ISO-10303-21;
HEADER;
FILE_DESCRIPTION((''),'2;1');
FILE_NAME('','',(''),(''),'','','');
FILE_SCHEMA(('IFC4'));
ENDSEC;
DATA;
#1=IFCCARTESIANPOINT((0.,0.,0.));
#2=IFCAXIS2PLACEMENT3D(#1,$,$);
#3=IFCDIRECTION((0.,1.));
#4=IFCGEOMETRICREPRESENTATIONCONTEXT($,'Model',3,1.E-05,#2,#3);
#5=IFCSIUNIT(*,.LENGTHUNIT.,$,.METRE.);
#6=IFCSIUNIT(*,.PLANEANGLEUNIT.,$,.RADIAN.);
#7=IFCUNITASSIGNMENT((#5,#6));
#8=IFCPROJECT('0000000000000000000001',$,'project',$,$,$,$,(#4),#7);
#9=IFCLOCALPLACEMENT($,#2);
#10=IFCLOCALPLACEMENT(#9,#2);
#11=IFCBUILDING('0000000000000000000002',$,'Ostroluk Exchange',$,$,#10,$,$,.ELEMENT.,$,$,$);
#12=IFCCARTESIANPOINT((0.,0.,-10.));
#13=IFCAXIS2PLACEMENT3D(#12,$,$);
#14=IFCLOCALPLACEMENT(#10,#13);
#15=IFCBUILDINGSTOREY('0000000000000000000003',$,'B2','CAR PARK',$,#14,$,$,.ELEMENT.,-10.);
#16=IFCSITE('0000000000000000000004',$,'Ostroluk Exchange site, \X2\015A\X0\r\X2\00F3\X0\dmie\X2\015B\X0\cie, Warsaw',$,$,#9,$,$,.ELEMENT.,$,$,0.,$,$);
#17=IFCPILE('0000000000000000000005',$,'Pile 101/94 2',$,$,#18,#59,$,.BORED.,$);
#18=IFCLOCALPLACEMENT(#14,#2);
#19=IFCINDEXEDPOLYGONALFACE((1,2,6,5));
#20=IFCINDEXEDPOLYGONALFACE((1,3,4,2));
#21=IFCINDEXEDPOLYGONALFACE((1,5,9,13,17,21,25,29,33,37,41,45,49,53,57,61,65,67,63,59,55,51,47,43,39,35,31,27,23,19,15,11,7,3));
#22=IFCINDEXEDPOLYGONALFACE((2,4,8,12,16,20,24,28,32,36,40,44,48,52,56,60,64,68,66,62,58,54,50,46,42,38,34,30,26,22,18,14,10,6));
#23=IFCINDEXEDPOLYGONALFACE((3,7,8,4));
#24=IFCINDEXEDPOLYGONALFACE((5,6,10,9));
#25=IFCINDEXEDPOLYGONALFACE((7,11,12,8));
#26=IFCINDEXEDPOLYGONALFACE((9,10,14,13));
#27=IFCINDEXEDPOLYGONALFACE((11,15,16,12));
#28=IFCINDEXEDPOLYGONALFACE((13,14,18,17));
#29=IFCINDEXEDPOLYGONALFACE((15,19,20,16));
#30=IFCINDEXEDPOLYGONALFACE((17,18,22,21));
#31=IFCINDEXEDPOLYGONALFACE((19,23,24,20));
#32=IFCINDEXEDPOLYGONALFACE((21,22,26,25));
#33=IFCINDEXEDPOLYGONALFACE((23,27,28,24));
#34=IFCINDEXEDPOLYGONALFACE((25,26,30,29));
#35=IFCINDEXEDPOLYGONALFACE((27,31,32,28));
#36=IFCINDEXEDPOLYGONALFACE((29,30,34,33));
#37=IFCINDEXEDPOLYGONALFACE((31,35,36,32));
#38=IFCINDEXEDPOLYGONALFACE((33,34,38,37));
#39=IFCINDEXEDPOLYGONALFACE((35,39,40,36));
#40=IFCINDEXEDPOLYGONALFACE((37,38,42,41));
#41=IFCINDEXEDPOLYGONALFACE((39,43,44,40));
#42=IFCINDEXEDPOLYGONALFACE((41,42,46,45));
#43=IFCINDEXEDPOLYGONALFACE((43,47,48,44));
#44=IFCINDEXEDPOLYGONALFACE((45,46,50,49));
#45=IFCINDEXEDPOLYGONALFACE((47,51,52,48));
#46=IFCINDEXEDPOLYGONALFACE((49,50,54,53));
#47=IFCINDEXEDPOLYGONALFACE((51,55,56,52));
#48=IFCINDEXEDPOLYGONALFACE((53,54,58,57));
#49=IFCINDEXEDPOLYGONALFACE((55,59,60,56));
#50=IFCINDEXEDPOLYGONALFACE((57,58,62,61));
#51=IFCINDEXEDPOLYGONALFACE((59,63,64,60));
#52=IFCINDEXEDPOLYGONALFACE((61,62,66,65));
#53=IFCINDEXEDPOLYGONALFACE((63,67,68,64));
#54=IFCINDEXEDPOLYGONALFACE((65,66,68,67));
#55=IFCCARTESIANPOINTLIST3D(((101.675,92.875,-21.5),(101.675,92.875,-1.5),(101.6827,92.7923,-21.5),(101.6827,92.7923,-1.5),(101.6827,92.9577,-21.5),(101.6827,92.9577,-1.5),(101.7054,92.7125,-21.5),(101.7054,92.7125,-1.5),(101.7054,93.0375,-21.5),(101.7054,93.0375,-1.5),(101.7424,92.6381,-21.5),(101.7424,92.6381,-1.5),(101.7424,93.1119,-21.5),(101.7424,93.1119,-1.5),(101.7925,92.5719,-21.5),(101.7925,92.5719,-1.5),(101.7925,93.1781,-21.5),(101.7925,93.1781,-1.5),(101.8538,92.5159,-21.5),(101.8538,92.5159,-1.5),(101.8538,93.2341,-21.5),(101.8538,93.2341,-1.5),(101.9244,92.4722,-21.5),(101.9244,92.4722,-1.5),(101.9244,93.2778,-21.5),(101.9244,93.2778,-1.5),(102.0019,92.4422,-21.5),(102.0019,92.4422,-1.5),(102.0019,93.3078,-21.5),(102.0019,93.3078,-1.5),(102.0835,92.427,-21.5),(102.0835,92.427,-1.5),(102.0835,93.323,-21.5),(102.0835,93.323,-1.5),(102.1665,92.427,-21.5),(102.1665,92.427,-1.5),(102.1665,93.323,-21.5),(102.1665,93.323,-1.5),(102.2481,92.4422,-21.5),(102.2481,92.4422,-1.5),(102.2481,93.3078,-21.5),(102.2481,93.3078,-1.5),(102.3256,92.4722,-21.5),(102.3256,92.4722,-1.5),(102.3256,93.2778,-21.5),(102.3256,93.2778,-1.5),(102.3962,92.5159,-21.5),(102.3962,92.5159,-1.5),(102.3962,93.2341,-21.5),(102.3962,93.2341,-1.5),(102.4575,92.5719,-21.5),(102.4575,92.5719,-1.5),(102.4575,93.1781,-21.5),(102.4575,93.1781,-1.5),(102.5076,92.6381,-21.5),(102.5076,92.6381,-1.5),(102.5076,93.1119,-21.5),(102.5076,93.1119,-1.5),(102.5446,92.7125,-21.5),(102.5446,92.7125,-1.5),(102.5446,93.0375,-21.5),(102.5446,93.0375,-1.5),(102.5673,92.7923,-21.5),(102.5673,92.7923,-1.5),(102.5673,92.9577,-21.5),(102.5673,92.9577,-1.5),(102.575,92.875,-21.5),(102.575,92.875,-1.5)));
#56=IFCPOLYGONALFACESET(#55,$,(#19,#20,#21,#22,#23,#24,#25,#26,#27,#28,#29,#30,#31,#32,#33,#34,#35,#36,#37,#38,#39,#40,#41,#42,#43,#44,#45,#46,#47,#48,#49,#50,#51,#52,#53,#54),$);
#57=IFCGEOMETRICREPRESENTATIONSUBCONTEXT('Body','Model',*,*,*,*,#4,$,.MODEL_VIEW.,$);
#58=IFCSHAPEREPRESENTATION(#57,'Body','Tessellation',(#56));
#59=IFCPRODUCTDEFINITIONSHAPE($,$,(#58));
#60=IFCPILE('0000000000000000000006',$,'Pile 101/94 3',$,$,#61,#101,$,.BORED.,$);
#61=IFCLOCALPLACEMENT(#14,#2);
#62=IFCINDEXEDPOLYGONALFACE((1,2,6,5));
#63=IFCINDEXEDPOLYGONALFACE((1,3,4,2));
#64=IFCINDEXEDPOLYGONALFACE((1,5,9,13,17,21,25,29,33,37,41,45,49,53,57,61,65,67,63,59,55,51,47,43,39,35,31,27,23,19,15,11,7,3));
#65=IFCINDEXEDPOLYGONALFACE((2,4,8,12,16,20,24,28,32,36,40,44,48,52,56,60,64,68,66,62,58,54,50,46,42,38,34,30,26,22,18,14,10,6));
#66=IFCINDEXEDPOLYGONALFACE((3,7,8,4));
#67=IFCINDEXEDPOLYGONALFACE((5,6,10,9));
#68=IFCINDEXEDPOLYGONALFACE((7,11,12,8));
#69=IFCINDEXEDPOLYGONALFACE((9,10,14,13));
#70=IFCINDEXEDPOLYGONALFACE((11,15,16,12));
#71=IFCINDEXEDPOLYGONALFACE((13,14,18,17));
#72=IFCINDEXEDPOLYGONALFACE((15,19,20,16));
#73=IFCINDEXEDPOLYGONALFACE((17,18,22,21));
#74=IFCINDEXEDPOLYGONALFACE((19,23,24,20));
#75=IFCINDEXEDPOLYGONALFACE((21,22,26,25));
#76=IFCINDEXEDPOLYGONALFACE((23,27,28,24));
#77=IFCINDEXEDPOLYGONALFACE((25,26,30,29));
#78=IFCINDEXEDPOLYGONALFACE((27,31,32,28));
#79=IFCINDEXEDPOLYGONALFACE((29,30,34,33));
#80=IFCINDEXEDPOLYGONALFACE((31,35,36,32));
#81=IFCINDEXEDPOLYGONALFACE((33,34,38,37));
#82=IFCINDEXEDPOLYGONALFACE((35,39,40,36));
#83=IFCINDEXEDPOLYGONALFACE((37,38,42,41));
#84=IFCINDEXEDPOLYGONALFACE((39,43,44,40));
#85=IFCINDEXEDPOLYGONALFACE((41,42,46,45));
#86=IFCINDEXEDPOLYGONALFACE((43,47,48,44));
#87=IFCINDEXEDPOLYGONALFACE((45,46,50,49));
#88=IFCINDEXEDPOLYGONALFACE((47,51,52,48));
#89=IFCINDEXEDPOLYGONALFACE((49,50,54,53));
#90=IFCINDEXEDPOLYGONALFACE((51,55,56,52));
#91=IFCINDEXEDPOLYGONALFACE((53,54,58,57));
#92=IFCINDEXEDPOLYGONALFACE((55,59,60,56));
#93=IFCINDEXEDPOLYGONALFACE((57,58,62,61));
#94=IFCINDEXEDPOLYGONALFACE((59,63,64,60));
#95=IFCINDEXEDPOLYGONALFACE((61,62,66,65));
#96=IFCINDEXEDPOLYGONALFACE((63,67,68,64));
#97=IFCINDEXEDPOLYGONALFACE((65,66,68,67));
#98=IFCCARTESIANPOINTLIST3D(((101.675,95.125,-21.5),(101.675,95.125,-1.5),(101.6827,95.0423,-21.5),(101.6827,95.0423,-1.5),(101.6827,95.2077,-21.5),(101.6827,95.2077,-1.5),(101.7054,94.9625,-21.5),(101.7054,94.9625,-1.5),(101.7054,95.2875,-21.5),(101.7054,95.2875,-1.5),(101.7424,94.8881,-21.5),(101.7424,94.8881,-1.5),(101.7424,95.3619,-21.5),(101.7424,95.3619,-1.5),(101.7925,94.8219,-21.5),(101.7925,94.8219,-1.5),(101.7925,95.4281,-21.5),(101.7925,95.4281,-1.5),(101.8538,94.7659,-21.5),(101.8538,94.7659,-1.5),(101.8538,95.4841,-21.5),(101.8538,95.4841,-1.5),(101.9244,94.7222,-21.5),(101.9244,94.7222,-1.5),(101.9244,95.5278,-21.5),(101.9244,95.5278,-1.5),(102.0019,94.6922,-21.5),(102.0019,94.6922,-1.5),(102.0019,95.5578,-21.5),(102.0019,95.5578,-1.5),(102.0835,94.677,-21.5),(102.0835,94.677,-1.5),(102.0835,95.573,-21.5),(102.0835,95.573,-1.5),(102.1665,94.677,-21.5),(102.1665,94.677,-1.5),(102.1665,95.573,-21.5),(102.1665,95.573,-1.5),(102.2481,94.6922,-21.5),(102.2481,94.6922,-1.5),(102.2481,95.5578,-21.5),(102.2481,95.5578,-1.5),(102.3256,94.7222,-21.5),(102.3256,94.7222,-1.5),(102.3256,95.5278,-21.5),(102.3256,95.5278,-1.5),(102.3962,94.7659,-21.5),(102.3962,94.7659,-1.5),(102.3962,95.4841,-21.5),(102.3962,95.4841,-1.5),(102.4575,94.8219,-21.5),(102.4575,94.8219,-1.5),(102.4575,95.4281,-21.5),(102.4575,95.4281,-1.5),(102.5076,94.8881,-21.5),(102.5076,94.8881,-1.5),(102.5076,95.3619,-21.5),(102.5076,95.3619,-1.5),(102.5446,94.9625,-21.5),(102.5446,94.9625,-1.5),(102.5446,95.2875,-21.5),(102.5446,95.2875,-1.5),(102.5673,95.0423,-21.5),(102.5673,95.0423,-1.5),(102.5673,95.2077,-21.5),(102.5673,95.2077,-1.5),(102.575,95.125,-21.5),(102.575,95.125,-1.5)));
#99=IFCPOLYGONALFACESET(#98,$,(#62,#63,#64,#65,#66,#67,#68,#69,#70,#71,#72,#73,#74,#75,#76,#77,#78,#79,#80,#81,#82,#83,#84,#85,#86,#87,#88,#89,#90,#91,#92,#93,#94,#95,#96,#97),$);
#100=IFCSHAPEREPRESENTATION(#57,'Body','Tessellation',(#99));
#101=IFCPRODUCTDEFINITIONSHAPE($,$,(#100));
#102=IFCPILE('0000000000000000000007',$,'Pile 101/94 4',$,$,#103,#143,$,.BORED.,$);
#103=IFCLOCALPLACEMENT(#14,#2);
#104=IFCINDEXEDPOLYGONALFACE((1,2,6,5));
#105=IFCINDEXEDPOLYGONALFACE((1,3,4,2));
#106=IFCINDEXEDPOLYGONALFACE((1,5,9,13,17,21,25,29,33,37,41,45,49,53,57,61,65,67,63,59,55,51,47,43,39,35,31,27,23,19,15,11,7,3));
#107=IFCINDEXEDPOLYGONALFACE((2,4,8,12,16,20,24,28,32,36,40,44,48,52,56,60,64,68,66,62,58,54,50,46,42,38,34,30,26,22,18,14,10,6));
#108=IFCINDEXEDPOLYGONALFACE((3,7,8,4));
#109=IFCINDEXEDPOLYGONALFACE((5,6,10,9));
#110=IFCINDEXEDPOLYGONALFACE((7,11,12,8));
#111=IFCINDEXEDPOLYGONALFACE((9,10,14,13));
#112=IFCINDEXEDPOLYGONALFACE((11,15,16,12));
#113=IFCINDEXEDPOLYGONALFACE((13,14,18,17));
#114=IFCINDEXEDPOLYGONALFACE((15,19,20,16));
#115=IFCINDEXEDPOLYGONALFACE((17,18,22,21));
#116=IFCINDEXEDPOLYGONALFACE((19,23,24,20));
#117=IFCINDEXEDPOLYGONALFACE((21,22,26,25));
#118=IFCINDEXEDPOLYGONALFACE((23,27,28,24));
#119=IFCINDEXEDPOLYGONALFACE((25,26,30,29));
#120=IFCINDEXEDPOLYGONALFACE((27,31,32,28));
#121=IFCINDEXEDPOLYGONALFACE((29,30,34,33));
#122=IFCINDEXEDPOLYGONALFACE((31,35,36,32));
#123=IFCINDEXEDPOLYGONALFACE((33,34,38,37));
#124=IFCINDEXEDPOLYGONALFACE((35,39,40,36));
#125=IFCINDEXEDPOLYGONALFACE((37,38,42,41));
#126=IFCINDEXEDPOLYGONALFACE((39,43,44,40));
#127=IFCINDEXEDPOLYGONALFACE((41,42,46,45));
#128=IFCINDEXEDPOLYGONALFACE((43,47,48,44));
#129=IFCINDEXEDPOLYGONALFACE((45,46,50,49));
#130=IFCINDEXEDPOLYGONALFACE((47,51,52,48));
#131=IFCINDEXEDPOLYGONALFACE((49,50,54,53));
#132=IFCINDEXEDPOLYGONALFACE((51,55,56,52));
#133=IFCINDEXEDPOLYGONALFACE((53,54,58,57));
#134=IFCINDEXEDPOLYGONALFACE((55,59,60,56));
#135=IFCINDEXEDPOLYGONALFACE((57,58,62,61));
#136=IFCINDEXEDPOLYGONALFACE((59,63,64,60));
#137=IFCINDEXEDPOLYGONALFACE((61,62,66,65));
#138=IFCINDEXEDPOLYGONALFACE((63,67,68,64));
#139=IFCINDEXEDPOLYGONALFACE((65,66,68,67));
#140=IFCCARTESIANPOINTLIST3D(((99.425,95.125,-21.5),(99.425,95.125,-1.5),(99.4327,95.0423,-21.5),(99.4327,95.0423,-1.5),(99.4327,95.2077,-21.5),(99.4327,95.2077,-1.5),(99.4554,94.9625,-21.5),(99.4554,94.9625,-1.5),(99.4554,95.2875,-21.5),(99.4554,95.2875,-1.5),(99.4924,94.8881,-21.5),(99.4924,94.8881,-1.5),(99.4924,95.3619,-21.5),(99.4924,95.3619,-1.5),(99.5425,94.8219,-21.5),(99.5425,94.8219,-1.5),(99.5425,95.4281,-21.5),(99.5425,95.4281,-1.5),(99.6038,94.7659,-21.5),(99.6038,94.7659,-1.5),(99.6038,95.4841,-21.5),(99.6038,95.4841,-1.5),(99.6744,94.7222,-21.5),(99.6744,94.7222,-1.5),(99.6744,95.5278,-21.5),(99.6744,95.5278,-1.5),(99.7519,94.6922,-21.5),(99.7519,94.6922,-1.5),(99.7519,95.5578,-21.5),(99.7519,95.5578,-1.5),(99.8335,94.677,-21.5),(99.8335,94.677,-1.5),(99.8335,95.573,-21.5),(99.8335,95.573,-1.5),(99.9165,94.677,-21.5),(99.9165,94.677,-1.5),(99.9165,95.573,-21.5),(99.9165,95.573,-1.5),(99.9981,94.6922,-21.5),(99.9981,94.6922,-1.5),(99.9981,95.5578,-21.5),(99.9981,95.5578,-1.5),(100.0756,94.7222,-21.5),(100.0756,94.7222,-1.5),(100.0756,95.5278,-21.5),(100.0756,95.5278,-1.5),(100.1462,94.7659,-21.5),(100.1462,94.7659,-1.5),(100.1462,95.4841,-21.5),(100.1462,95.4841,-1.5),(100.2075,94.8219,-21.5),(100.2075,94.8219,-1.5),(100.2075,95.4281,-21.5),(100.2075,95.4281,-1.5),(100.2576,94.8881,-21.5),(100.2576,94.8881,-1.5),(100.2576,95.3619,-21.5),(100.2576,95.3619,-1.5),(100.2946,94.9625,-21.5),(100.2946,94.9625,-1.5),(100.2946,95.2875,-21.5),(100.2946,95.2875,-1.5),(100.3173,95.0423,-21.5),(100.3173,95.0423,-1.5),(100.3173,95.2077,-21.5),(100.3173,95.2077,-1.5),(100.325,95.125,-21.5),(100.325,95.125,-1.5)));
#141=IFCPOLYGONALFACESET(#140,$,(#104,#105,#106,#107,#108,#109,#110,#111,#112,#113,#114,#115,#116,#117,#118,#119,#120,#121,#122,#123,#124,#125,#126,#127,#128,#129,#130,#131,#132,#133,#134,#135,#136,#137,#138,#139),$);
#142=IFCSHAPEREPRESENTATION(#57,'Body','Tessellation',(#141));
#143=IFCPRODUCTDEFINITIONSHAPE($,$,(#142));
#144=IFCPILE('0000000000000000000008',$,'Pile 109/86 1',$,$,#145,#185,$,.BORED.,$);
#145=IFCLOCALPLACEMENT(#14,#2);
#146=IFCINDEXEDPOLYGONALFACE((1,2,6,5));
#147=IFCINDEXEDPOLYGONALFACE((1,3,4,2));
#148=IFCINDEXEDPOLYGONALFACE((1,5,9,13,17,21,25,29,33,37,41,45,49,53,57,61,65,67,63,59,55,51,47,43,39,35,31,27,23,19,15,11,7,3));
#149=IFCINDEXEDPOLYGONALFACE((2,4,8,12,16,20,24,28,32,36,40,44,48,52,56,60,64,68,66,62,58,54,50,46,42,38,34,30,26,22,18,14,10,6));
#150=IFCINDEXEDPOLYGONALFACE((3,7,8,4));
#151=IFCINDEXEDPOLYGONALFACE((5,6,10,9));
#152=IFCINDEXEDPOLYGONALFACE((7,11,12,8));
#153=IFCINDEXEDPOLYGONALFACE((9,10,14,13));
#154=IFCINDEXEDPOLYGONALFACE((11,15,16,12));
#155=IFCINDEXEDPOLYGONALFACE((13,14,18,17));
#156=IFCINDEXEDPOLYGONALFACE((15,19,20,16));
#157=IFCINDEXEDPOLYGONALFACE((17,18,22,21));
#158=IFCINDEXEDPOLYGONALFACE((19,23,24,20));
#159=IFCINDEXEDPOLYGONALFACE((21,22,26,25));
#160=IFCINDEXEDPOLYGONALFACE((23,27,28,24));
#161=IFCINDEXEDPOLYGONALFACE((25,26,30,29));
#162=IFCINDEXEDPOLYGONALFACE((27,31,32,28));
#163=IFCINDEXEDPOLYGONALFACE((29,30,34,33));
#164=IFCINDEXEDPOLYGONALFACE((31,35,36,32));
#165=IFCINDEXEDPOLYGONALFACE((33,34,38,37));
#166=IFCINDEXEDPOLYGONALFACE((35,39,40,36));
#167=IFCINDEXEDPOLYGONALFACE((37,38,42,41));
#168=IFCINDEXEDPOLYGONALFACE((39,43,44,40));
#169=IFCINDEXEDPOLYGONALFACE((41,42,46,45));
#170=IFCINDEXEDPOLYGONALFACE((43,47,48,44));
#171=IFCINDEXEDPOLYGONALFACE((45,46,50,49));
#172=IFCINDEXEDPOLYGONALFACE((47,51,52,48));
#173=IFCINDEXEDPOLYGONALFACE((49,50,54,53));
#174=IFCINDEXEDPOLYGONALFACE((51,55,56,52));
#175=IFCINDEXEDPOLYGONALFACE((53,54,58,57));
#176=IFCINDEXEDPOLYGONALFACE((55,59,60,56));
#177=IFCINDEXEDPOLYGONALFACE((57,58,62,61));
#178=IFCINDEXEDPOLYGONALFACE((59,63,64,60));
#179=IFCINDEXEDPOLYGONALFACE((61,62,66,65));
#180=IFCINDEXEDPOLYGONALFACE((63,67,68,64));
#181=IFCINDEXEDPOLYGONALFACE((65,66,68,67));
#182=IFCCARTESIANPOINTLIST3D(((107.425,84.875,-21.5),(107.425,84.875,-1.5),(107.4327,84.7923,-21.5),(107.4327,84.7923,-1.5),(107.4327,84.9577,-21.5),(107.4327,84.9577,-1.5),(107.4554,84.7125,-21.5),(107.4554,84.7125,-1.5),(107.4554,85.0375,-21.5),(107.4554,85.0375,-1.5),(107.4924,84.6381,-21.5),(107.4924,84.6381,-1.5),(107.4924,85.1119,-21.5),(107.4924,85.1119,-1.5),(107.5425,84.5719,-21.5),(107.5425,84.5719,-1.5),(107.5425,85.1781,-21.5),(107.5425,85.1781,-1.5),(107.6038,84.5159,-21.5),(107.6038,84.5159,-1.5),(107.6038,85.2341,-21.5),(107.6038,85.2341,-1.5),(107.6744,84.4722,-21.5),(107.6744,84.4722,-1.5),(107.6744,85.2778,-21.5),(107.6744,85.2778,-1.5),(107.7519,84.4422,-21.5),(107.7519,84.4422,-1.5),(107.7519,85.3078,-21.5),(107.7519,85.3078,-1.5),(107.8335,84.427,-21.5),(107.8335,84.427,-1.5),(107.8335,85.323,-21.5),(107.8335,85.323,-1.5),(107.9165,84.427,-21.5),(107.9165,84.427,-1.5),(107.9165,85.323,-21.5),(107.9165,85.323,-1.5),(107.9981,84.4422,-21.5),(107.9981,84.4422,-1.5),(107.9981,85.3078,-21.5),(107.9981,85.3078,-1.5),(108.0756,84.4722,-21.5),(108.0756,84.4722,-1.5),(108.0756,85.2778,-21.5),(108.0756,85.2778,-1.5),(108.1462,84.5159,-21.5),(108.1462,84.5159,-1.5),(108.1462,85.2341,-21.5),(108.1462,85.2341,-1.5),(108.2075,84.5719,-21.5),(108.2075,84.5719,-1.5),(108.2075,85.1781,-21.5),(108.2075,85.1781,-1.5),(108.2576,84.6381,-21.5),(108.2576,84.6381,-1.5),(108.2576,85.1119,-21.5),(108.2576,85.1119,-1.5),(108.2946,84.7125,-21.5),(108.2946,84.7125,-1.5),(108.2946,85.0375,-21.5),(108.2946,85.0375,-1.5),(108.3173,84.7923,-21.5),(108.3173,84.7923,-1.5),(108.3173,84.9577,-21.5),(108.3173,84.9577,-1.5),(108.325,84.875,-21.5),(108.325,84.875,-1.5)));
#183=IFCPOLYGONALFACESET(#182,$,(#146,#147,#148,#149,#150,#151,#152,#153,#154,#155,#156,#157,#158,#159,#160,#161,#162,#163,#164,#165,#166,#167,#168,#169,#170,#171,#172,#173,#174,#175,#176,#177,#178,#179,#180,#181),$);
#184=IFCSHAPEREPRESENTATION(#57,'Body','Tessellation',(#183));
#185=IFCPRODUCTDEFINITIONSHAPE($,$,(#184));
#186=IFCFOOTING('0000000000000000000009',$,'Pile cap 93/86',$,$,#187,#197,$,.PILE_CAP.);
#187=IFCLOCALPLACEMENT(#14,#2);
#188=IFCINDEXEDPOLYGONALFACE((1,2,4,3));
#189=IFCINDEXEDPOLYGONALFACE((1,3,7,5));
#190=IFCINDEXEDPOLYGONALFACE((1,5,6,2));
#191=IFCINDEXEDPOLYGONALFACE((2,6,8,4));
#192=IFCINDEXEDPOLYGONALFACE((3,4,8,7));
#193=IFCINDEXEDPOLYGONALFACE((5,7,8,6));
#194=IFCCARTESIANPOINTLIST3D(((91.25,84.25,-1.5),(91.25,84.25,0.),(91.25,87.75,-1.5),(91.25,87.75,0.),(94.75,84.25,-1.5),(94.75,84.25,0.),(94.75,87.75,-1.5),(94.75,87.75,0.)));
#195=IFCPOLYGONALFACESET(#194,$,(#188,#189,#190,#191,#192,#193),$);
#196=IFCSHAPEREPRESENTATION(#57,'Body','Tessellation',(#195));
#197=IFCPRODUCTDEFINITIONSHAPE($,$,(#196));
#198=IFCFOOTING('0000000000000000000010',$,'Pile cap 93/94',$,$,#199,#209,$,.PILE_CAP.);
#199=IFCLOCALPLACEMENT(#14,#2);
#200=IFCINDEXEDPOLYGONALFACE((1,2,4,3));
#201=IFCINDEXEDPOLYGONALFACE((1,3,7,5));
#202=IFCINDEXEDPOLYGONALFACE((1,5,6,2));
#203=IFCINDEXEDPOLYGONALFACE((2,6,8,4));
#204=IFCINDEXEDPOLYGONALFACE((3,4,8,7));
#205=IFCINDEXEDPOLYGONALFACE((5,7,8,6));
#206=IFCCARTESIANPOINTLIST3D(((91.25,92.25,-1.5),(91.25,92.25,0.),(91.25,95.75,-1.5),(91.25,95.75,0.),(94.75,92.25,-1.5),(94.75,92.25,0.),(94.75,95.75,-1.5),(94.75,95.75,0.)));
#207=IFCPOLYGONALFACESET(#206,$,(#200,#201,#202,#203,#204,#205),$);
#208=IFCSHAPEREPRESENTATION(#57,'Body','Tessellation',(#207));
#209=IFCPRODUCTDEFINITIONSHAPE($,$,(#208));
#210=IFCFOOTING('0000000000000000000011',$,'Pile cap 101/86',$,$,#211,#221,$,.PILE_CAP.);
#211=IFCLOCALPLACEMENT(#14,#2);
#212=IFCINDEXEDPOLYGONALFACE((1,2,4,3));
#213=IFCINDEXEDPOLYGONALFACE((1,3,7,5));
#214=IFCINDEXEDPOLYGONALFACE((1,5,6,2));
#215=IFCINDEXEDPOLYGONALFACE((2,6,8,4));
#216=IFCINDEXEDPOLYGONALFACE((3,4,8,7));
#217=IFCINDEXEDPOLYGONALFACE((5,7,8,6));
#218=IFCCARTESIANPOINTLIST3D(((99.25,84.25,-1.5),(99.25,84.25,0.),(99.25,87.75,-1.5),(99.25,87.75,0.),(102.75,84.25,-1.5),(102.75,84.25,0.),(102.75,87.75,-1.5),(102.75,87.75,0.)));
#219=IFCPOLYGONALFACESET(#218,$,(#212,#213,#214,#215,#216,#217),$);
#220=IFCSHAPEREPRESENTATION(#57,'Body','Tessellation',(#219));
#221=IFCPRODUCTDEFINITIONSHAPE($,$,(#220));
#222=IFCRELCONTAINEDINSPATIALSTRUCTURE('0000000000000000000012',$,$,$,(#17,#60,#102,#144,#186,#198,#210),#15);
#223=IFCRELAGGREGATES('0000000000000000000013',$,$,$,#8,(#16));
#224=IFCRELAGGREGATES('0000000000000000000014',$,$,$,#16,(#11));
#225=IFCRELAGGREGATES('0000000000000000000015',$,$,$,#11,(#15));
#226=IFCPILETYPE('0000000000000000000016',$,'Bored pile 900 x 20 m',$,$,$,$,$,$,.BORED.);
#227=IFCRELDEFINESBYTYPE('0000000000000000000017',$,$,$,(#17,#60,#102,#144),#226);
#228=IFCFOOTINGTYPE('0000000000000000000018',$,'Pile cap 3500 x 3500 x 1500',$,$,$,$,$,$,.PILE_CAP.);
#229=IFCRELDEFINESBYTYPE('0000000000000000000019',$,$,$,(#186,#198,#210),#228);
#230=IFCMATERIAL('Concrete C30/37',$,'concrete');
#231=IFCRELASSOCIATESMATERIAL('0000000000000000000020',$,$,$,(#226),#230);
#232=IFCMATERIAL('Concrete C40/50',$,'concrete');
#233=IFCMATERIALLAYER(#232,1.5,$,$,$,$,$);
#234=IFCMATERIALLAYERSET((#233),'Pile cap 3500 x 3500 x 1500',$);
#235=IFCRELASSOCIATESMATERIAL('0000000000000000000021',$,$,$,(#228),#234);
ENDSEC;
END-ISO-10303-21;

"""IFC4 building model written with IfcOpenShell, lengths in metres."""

from ifc_helpers import new_model, si_unit, direction, frame, origin, origin_2d, place, context, subcontext, project, spatial, rectangle, circle, extrude, material, layer, layer_set, type_object, element, save


model = new_model("IFC4")

# Units and contexts
model_context = context("Model", 3, precision=1e-05, world=origin(), true_north=direction((0.0, 1.0)))
body_context = subcontext(model_context, "Body", "Model", "MODEL_VIEW")
ifc_project = project(units=[si_unit("LENGTHUNIT", "METRE"), si_unit("PLANEANGLEUNIT", "RADIAN")], contexts=[model_context])

# Site, building, storey
site_placement = place(None, origin())
site = spatial("IfcSite", under=ifc_project, at=site_placement, Name="Ostroluk Exchange site, Śródmieście, Warsaw", CompositionType="ELEMENT", RefElevation=0.0)
building_placement = place(site_placement, origin())
building = spatial("IfcBuilding", under=site, at=building_placement, Name="Ostroluk Exchange", CompositionType="ELEMENT")
storey_placement = place(building_placement, frame((0.0, 0.0, -10.0)))
storey = spatial("IfcBuildingStorey", under=building, at=storey_placement, Name="B2", Description="CAR PARK", CompositionType="ELEMENT", Elevation=-10.0)

# Piles
ifc_material_1 = material(Name="Concrete C30/37", Category="concrete")
pile_type = type_object("IfcPileType", Name="Bored pile 900 x 20 m", PredefinedType="BORED", material=ifc_material_1)
for number, where, z_axis, x_axis, name in (
    (1, (102.125, 92.875, -1.5), (0.0, 0.0, -1.0), (1.0, 0.0, 0.0), "Pile 101/94 2"),
    (2, (102.125, 95.125, -1.5), (0.0, 0.0, -1.0), (1.0, 0.0, 0.0), "Pile 101/94 3"),
    (3, (99.875, 95.125, -1.5), (0.0, 0.0, -1.0), (1.0, 0.0, 0.0), "Pile 101/94 4"),
    (4, (107.875, 84.875, -1.5), (0.0, 0.0, -1.0), (1.0, 0.0, 0.0), "Pile 109/86 1"),
):
    element("IfcPile", number, at=place(storey_placement, frame(where, z_axis=z_axis, x_axis=x_axis)), inside=storey, type_object=pile_type, Name=name, PredefinedType="BORED", context=body_context, shape_type="SweptSolid", body=[
        extrude(circle(Radius=0.45, at=origin_2d()), origin(), (0.0, 0.0, 1.0), 20.0),
    ])

# Footings
ifc_material_2 = material(Name="Concrete C40/50", Category="concrete")
ifc_layer = layer(ifc_material_2, 1.5)
ifc_layer_set = layer_set([ifc_layer], Name="Pile cap 3500 x 3500 x 1500")
footing_type = type_object("IfcFootingType", Name="Pile cap 3500 x 3500 x 1500", PredefinedType="PILE_CAP", material=ifc_layer_set)
for number, where, z_axis, x_axis, name in (
    (5, (93.0, 86.0, -1.5), (0.0, 0.0, 1.0), (1.0, 0.0, 0.0), "Pile cap 93/86"),
    (6, (93.0, 94.0, -1.5), (0.0, 0.0, 1.0), (1.0, 0.0, 0.0), "Pile cap 93/94"),
    (7, (101.0, 86.0, -1.5), (0.0, 0.0, 1.0), (1.0, 0.0, 0.0), "Pile cap 101/86"),
):
    element("IfcFooting", number, at=place(storey_placement, frame(where, z_axis=z_axis, x_axis=x_axis)), inside=storey, type_object=footing_type, Name=name, PredefinedType="PILE_CAP", context=body_context, shape_type="SweptSolid", body=[
        extrude(rectangle(XDim=3.5, YDim=3.5, at=origin_2d()), origin(), (0.0, 0.0, 1.0), 1.5),
    ])

save(model, "model.ifc")
